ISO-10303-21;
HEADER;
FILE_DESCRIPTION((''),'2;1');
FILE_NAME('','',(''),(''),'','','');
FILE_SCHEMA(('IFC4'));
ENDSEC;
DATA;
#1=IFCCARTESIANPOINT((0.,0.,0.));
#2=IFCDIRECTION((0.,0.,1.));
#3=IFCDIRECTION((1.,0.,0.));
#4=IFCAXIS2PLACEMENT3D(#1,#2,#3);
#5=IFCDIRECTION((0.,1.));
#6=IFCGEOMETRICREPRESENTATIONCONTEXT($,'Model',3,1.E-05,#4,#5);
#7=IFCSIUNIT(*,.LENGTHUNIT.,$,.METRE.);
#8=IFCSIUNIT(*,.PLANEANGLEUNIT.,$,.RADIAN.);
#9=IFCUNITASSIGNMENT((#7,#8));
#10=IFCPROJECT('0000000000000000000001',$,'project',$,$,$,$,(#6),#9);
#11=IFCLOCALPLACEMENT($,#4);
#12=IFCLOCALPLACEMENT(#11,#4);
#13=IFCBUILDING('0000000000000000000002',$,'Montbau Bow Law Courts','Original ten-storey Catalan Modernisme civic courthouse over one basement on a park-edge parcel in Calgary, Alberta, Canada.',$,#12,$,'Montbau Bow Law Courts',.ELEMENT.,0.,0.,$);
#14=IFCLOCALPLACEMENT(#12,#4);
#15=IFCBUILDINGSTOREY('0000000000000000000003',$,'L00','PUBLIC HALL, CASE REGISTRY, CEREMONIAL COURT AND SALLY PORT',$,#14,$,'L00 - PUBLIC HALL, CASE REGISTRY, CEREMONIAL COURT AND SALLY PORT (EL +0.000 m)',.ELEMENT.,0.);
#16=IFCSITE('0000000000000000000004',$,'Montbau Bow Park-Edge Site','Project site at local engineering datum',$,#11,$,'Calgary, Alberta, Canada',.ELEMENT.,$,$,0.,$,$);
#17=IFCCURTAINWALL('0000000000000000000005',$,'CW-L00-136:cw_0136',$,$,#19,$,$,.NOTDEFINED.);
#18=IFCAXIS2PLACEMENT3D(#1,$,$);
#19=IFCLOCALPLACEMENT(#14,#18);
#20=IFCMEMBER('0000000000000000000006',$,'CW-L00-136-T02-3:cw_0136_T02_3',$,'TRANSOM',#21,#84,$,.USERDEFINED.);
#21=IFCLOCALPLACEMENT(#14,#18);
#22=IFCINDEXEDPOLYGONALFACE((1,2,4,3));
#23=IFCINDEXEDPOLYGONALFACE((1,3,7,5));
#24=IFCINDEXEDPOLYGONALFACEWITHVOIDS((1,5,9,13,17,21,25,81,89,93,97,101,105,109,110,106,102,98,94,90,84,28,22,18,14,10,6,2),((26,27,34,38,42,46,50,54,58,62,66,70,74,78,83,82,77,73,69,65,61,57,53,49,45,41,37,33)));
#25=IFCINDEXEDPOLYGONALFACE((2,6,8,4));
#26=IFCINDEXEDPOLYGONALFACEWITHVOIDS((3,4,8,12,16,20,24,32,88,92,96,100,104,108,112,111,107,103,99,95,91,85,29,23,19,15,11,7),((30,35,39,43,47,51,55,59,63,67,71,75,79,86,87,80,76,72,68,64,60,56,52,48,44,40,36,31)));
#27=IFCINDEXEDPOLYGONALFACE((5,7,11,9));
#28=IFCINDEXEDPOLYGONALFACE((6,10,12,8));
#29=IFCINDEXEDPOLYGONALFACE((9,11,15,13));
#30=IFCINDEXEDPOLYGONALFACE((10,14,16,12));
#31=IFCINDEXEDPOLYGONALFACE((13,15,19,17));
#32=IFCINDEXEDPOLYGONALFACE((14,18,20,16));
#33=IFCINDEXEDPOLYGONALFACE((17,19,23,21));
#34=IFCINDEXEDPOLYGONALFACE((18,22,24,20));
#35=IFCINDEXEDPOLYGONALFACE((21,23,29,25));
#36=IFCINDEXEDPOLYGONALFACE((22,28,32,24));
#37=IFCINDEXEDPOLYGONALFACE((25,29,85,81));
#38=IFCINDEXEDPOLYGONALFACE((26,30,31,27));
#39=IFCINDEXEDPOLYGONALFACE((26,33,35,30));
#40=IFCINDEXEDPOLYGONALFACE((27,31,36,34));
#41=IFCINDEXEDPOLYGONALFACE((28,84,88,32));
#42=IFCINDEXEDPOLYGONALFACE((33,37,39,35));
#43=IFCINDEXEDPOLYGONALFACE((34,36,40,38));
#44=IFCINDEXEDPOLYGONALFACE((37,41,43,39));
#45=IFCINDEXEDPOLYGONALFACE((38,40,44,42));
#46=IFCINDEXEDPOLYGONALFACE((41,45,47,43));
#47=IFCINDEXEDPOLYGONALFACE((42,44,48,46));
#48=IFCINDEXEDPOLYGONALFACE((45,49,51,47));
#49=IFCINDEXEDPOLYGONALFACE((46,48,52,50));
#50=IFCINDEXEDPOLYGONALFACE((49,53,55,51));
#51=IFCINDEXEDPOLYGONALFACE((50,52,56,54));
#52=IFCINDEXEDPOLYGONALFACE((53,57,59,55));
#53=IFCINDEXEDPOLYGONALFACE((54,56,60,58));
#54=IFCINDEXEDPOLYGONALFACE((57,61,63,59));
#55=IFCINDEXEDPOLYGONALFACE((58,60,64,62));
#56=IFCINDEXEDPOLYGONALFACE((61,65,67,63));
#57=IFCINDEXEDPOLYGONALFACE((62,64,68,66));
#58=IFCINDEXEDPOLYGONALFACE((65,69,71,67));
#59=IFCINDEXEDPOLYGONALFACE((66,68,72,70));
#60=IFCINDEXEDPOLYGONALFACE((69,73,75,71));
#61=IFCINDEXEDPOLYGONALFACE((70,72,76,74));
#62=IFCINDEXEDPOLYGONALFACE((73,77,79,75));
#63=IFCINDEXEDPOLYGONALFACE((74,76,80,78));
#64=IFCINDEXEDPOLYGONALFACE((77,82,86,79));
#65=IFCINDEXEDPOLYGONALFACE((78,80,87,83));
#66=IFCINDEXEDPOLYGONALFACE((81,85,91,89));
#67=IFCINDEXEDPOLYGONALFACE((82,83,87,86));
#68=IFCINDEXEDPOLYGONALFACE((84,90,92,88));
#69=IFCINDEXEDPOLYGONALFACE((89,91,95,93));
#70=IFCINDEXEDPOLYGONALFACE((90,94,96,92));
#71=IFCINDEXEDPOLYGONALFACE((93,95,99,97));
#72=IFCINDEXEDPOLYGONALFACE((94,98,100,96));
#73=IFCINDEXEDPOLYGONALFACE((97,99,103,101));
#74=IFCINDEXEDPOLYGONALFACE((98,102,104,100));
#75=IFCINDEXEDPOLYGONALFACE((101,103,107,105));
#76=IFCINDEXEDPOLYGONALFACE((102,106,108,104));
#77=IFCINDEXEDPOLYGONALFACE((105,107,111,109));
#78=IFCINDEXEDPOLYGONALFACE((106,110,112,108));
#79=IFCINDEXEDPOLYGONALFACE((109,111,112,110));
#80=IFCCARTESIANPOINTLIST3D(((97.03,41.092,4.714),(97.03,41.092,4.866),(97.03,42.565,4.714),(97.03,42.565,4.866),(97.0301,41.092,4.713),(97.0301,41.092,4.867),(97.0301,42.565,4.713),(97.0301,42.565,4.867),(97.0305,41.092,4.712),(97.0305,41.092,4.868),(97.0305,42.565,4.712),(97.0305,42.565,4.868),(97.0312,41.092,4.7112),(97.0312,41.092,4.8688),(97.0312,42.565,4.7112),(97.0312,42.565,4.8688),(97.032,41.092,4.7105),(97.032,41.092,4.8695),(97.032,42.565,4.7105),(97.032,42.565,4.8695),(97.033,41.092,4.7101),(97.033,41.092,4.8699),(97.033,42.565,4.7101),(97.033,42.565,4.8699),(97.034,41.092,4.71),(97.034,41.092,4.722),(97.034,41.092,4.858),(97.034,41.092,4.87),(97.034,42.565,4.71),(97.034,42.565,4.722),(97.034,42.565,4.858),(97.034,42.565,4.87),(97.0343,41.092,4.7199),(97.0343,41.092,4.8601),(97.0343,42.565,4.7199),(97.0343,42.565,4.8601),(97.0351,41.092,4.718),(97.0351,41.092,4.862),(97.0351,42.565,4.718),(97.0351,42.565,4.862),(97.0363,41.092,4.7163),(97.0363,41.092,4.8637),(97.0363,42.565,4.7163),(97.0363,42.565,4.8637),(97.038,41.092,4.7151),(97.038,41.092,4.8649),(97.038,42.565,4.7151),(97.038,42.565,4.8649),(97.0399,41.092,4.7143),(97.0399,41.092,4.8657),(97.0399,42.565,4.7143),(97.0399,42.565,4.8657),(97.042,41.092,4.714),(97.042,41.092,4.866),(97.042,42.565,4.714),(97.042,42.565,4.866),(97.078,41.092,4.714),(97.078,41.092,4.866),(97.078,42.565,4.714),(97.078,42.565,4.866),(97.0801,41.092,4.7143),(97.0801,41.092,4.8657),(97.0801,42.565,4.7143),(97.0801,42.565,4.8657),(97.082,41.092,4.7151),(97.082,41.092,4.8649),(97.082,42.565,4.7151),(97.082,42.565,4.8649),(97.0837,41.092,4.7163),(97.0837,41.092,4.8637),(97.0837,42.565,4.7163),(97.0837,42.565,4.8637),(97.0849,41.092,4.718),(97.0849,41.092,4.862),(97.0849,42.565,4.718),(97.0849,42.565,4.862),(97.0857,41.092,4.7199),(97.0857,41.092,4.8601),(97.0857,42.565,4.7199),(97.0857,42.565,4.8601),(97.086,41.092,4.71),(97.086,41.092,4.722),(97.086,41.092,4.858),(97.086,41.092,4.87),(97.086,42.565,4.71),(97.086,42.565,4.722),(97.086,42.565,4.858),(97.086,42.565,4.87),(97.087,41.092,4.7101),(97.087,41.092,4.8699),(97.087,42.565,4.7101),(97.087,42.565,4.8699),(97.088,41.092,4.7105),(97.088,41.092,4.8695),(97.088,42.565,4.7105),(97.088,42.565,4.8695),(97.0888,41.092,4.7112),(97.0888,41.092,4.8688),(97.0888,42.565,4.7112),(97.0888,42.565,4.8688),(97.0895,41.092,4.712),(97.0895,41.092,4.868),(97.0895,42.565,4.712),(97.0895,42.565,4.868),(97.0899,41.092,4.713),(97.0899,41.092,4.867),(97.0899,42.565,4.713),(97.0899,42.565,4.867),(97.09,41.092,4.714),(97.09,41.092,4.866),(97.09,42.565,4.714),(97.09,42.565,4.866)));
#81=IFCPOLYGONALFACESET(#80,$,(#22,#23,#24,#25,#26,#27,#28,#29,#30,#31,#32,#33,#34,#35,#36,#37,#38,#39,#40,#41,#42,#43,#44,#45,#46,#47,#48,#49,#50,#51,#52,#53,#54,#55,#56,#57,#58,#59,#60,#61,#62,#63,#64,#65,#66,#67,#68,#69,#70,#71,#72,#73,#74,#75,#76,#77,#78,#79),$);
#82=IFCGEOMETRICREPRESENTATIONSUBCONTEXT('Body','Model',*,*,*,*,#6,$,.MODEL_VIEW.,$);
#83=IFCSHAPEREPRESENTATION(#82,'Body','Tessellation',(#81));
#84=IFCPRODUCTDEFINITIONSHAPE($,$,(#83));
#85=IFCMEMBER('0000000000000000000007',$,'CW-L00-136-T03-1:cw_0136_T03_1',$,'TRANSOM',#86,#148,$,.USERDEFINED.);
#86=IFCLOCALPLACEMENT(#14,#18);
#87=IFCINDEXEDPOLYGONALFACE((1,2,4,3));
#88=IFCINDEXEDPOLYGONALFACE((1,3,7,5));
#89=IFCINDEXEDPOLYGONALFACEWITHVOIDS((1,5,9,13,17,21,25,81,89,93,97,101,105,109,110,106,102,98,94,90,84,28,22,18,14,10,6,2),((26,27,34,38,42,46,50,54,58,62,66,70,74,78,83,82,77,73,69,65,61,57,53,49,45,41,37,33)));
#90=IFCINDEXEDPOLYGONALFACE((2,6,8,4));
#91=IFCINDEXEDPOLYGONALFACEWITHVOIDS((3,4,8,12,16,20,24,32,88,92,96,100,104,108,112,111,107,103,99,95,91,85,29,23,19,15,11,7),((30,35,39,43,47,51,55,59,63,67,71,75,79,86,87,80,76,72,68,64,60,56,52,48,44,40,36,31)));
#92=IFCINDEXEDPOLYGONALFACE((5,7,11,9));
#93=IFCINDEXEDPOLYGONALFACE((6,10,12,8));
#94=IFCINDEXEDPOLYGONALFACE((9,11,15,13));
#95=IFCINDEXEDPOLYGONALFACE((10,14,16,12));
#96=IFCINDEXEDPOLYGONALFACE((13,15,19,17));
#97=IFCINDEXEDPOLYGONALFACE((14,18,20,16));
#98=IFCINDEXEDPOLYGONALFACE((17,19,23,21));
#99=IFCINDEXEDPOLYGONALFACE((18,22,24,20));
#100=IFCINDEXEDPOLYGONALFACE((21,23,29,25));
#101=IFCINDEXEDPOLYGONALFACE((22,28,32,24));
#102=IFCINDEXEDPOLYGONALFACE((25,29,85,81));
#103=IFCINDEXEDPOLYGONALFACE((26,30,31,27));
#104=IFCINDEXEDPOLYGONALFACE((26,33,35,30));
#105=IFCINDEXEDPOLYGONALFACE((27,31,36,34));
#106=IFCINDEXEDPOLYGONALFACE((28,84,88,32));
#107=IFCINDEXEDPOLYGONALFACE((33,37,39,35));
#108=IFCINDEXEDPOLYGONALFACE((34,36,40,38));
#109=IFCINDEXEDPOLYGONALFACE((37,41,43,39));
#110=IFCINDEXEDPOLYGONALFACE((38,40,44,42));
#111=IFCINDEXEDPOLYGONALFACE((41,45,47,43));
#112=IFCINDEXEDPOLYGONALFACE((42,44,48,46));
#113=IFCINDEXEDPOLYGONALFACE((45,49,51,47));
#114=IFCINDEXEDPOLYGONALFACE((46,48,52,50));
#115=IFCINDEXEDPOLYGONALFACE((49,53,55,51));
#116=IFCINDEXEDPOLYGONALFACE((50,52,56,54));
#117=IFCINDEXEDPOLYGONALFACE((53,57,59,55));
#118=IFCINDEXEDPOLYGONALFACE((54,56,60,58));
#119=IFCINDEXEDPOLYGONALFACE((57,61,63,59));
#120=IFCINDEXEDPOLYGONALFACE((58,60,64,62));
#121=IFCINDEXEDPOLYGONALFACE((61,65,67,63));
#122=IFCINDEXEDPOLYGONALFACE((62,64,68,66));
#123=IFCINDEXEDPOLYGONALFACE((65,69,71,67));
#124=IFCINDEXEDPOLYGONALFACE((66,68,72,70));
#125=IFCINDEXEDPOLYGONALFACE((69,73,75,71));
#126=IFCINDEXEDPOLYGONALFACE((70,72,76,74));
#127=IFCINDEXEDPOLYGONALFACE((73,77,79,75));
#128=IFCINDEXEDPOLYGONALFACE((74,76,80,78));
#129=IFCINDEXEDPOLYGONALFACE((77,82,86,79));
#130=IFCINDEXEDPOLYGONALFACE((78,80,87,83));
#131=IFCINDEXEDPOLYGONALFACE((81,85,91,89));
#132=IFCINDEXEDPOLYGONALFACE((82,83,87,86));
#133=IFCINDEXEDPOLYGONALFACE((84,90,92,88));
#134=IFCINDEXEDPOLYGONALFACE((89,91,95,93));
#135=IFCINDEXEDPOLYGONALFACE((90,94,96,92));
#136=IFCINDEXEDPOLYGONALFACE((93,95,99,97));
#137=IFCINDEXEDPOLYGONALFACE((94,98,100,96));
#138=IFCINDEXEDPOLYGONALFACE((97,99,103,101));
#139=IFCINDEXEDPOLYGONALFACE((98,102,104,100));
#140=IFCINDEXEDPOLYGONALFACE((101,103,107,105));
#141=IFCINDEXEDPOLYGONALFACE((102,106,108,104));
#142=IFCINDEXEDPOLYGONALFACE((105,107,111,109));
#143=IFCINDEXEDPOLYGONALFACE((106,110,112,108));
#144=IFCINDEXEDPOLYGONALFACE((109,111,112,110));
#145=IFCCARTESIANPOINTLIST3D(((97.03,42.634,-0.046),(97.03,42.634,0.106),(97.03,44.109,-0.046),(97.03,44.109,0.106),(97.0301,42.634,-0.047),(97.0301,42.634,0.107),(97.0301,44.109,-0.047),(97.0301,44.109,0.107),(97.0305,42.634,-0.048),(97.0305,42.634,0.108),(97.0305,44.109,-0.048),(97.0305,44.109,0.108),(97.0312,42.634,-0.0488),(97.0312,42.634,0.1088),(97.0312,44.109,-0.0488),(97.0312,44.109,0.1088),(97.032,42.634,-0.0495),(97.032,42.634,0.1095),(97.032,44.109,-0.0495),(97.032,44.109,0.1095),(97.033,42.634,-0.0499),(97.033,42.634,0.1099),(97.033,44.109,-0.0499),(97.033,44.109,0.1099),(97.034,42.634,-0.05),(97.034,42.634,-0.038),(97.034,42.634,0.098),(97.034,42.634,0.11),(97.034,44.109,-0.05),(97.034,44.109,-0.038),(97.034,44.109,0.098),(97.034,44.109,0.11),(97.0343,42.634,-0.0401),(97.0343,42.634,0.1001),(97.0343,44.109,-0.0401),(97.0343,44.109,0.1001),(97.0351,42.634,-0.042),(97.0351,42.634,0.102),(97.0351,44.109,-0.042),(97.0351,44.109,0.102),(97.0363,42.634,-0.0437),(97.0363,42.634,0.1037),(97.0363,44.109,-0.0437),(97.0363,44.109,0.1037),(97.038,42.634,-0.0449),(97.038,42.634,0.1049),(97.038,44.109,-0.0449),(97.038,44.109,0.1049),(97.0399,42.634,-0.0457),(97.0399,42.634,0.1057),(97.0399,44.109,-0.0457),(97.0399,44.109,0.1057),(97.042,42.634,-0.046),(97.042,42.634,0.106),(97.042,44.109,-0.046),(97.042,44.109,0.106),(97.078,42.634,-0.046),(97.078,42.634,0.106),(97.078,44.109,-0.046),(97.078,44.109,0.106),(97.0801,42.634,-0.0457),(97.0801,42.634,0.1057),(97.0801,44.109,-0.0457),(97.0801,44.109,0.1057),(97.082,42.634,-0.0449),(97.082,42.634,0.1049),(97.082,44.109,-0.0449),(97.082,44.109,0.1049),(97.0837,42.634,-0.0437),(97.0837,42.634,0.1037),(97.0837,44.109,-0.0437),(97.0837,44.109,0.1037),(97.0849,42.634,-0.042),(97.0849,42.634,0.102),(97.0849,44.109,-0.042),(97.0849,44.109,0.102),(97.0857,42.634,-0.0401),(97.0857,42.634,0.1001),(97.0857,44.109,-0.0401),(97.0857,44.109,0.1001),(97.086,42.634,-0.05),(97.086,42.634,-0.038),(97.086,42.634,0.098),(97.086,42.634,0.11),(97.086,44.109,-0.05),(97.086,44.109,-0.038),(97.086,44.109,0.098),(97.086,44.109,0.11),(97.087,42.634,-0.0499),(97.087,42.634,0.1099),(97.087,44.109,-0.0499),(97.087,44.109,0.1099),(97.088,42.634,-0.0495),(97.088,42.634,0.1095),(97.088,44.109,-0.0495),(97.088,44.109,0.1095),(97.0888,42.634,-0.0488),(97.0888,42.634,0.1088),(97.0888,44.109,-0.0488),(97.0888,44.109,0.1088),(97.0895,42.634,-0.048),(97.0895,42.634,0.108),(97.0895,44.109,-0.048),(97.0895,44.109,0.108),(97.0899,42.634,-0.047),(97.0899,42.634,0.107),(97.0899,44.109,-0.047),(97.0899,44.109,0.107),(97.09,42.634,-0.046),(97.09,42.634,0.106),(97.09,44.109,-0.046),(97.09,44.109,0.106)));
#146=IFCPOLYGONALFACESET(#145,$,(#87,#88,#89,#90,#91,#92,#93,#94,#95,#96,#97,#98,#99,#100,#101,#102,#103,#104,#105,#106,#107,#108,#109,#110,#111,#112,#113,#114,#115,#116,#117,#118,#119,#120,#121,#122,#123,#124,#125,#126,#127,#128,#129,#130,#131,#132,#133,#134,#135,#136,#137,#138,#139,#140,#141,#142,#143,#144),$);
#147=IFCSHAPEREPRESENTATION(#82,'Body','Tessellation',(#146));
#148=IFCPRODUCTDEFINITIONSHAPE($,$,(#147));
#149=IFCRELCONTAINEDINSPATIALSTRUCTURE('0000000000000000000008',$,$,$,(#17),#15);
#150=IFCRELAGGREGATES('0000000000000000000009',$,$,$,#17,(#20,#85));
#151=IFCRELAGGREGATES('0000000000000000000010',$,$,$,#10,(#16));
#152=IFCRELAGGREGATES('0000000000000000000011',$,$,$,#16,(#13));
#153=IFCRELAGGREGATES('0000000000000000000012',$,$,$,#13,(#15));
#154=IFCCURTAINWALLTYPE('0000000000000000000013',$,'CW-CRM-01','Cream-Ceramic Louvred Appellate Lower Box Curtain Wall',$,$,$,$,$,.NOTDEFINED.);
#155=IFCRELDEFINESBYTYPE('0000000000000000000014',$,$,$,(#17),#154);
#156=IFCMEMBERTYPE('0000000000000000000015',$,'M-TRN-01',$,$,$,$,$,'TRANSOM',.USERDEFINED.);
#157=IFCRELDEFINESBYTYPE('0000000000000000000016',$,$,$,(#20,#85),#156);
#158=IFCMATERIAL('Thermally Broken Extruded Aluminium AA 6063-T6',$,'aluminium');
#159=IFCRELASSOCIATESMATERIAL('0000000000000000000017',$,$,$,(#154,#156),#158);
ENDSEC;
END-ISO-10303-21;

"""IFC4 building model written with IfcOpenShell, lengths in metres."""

from ifc_helpers import new_model, si_unit, direction, frame, origin_with_axes, origin_2d_with_axis, place, context, subcontext, project, spatial, hollow_rectangle, extrude, material, material_profile, profile_set, type_object, element, aggregate, save


model = new_model("IFC4")

# Units and contexts
model_context = context("Model", 3, precision=1e-05, world=origin_with_axes(), true_north=direction((0.0, 1.0)))
body_context = subcontext(model_context, "Body", "Model", "MODEL_VIEW")
ifc_project = project(units=[si_unit("LENGTHUNIT", "METRE"), si_unit("PLANEANGLEUNIT", "RADIAN")], contexts=[model_context])

# Site, building, storey
site_placement = place(None, origin_with_axes())
site = spatial("IfcSite", under=ifc_project, at=site_placement, Name="Montbau Bow Park-Edge Site", Description="Project site at local engineering datum", LongName="Calgary, Alberta, Canada", CompositionType="ELEMENT", RefElevation=0.0)
building_placement = place(site_placement, origin_with_axes())
building = spatial("IfcBuilding", under=site, at=building_placement, Name="Montbau Bow Law Courts", Description="Original ten-storey Catalan Modernisme civic courthouse over one basement on a park-edge parcel in Calgary, Alberta, Canada.", LongName="Montbau Bow Law Courts", CompositionType="ELEMENT", ElevationOfRefHeight=0.0, ElevationOfTerrain=0.0)
storey_placement = place(building_placement, origin_with_axes())
storey = spatial("IfcBuildingStorey", under=building, at=storey_placement, Name="L00", Description="PUBLIC HALL, CASE REGISTRY, CEREMONIAL COURT AND SALLY PORT", LongName="L00 - PUBLIC HALL, CASE REGISTRY, CEREMONIAL COURT AND SALLY PORT (EL +0.000 m)", CompositionType="ELEMENT", Elevation=0.0)

# Curtain wall
ifc_material_1 = material(Name="Thermally Broken Extruded Aluminium AA 6063-T6", Category="aluminium")
curtain_wall_type = type_object("IfcCurtainWallType", Name="CW-CRM-01", Description="Cream-Ceramic Louvred Appellate Lower Box Curtain Wall", PredefinedType="NOTDEFINED", material=ifc_material_1)
curtain_wall_1_placement = place(None, frame((97.06, 39.515, 0.0), z_axis=(0.0, 0.0, 1.0), x_axis=(1.0, 0.0, 0.0)))
curtain_wall_1 = element("IfcCurtainWall", 1, at=curtain_wall_1_placement, inside=storey, type_object=curtain_wall_type, Name="CW-L00-136:cw_0136", PredefinedType="NOTDEFINED")

# Members
ifc_material_profile_1 = material_profile(ifc_material_1, hollow_rectangle(XDim=0.06, YDim=0.16, WallThickness=0.004, InnerFilletRadius=0.008, OuterFilletRadius=0.004, at=origin_2d_with_axis()), Name="CWT-160X60", Category="Main", Priority=0)
ifc_profile_set_1 = profile_set([ifc_material_profile_1], Name="Thermally Broken Extruded Aluminium AA 6063-T6")
member_type_1 = type_object("IfcMemberType", Name="M-TRN-01", ElementType="TRANSOM", PredefinedType="USERDEFINED", material=ifc_profile_set_1)
member_1_placement = place(None, frame((97.06, 41.092, 4.79), z_axis=(0.0, 1.0, 0.0), x_axis=(-1.0, 0.0, 0.0)))
member_1 = element("IfcMember", 2, at=member_1_placement, type_object=member_type_1, Name="CW-L00-136-T02-3:cw_0136_T02_3", ObjectType="TRANSOM", PredefinedType="USERDEFINED", context=body_context, shape_type="SweptSolid", body=[
    extrude(hollow_rectangle(XDim=0.06, YDim=0.16, WallThickness=0.004, InnerFilletRadius=0.008, OuterFilletRadius=0.004, at=origin_2d_with_axis()), origin_with_axes(), (0.0, 0.0, 1.0), 1.473),
])
member_2_placement = place(None, frame((97.06, 42.634, 0.03), z_axis=(0.0, 1.0, 0.0), x_axis=(-1.0, 0.0, 0.0)))
member_2 = element("IfcMember", 3, at=member_2_placement, type_object=member_type_1, Name="CW-L00-136-T03-1:cw_0136_T03_1", ObjectType="TRANSOM", PredefinedType="USERDEFINED", context=body_context, shape_type="SweptSolid", body=[
    extrude(hollow_rectangle(XDim=0.06, YDim=0.16, WallThickness=0.004, InnerFilletRadius=0.008, OuterFilletRadius=0.004, at=origin_2d_with_axis()), origin_with_axes(), (0.0, 0.0, 1.0), 1.475),
])

aggregate(curtain_wall_1, [member_1, member_2])

save(model, "model.ifc")
